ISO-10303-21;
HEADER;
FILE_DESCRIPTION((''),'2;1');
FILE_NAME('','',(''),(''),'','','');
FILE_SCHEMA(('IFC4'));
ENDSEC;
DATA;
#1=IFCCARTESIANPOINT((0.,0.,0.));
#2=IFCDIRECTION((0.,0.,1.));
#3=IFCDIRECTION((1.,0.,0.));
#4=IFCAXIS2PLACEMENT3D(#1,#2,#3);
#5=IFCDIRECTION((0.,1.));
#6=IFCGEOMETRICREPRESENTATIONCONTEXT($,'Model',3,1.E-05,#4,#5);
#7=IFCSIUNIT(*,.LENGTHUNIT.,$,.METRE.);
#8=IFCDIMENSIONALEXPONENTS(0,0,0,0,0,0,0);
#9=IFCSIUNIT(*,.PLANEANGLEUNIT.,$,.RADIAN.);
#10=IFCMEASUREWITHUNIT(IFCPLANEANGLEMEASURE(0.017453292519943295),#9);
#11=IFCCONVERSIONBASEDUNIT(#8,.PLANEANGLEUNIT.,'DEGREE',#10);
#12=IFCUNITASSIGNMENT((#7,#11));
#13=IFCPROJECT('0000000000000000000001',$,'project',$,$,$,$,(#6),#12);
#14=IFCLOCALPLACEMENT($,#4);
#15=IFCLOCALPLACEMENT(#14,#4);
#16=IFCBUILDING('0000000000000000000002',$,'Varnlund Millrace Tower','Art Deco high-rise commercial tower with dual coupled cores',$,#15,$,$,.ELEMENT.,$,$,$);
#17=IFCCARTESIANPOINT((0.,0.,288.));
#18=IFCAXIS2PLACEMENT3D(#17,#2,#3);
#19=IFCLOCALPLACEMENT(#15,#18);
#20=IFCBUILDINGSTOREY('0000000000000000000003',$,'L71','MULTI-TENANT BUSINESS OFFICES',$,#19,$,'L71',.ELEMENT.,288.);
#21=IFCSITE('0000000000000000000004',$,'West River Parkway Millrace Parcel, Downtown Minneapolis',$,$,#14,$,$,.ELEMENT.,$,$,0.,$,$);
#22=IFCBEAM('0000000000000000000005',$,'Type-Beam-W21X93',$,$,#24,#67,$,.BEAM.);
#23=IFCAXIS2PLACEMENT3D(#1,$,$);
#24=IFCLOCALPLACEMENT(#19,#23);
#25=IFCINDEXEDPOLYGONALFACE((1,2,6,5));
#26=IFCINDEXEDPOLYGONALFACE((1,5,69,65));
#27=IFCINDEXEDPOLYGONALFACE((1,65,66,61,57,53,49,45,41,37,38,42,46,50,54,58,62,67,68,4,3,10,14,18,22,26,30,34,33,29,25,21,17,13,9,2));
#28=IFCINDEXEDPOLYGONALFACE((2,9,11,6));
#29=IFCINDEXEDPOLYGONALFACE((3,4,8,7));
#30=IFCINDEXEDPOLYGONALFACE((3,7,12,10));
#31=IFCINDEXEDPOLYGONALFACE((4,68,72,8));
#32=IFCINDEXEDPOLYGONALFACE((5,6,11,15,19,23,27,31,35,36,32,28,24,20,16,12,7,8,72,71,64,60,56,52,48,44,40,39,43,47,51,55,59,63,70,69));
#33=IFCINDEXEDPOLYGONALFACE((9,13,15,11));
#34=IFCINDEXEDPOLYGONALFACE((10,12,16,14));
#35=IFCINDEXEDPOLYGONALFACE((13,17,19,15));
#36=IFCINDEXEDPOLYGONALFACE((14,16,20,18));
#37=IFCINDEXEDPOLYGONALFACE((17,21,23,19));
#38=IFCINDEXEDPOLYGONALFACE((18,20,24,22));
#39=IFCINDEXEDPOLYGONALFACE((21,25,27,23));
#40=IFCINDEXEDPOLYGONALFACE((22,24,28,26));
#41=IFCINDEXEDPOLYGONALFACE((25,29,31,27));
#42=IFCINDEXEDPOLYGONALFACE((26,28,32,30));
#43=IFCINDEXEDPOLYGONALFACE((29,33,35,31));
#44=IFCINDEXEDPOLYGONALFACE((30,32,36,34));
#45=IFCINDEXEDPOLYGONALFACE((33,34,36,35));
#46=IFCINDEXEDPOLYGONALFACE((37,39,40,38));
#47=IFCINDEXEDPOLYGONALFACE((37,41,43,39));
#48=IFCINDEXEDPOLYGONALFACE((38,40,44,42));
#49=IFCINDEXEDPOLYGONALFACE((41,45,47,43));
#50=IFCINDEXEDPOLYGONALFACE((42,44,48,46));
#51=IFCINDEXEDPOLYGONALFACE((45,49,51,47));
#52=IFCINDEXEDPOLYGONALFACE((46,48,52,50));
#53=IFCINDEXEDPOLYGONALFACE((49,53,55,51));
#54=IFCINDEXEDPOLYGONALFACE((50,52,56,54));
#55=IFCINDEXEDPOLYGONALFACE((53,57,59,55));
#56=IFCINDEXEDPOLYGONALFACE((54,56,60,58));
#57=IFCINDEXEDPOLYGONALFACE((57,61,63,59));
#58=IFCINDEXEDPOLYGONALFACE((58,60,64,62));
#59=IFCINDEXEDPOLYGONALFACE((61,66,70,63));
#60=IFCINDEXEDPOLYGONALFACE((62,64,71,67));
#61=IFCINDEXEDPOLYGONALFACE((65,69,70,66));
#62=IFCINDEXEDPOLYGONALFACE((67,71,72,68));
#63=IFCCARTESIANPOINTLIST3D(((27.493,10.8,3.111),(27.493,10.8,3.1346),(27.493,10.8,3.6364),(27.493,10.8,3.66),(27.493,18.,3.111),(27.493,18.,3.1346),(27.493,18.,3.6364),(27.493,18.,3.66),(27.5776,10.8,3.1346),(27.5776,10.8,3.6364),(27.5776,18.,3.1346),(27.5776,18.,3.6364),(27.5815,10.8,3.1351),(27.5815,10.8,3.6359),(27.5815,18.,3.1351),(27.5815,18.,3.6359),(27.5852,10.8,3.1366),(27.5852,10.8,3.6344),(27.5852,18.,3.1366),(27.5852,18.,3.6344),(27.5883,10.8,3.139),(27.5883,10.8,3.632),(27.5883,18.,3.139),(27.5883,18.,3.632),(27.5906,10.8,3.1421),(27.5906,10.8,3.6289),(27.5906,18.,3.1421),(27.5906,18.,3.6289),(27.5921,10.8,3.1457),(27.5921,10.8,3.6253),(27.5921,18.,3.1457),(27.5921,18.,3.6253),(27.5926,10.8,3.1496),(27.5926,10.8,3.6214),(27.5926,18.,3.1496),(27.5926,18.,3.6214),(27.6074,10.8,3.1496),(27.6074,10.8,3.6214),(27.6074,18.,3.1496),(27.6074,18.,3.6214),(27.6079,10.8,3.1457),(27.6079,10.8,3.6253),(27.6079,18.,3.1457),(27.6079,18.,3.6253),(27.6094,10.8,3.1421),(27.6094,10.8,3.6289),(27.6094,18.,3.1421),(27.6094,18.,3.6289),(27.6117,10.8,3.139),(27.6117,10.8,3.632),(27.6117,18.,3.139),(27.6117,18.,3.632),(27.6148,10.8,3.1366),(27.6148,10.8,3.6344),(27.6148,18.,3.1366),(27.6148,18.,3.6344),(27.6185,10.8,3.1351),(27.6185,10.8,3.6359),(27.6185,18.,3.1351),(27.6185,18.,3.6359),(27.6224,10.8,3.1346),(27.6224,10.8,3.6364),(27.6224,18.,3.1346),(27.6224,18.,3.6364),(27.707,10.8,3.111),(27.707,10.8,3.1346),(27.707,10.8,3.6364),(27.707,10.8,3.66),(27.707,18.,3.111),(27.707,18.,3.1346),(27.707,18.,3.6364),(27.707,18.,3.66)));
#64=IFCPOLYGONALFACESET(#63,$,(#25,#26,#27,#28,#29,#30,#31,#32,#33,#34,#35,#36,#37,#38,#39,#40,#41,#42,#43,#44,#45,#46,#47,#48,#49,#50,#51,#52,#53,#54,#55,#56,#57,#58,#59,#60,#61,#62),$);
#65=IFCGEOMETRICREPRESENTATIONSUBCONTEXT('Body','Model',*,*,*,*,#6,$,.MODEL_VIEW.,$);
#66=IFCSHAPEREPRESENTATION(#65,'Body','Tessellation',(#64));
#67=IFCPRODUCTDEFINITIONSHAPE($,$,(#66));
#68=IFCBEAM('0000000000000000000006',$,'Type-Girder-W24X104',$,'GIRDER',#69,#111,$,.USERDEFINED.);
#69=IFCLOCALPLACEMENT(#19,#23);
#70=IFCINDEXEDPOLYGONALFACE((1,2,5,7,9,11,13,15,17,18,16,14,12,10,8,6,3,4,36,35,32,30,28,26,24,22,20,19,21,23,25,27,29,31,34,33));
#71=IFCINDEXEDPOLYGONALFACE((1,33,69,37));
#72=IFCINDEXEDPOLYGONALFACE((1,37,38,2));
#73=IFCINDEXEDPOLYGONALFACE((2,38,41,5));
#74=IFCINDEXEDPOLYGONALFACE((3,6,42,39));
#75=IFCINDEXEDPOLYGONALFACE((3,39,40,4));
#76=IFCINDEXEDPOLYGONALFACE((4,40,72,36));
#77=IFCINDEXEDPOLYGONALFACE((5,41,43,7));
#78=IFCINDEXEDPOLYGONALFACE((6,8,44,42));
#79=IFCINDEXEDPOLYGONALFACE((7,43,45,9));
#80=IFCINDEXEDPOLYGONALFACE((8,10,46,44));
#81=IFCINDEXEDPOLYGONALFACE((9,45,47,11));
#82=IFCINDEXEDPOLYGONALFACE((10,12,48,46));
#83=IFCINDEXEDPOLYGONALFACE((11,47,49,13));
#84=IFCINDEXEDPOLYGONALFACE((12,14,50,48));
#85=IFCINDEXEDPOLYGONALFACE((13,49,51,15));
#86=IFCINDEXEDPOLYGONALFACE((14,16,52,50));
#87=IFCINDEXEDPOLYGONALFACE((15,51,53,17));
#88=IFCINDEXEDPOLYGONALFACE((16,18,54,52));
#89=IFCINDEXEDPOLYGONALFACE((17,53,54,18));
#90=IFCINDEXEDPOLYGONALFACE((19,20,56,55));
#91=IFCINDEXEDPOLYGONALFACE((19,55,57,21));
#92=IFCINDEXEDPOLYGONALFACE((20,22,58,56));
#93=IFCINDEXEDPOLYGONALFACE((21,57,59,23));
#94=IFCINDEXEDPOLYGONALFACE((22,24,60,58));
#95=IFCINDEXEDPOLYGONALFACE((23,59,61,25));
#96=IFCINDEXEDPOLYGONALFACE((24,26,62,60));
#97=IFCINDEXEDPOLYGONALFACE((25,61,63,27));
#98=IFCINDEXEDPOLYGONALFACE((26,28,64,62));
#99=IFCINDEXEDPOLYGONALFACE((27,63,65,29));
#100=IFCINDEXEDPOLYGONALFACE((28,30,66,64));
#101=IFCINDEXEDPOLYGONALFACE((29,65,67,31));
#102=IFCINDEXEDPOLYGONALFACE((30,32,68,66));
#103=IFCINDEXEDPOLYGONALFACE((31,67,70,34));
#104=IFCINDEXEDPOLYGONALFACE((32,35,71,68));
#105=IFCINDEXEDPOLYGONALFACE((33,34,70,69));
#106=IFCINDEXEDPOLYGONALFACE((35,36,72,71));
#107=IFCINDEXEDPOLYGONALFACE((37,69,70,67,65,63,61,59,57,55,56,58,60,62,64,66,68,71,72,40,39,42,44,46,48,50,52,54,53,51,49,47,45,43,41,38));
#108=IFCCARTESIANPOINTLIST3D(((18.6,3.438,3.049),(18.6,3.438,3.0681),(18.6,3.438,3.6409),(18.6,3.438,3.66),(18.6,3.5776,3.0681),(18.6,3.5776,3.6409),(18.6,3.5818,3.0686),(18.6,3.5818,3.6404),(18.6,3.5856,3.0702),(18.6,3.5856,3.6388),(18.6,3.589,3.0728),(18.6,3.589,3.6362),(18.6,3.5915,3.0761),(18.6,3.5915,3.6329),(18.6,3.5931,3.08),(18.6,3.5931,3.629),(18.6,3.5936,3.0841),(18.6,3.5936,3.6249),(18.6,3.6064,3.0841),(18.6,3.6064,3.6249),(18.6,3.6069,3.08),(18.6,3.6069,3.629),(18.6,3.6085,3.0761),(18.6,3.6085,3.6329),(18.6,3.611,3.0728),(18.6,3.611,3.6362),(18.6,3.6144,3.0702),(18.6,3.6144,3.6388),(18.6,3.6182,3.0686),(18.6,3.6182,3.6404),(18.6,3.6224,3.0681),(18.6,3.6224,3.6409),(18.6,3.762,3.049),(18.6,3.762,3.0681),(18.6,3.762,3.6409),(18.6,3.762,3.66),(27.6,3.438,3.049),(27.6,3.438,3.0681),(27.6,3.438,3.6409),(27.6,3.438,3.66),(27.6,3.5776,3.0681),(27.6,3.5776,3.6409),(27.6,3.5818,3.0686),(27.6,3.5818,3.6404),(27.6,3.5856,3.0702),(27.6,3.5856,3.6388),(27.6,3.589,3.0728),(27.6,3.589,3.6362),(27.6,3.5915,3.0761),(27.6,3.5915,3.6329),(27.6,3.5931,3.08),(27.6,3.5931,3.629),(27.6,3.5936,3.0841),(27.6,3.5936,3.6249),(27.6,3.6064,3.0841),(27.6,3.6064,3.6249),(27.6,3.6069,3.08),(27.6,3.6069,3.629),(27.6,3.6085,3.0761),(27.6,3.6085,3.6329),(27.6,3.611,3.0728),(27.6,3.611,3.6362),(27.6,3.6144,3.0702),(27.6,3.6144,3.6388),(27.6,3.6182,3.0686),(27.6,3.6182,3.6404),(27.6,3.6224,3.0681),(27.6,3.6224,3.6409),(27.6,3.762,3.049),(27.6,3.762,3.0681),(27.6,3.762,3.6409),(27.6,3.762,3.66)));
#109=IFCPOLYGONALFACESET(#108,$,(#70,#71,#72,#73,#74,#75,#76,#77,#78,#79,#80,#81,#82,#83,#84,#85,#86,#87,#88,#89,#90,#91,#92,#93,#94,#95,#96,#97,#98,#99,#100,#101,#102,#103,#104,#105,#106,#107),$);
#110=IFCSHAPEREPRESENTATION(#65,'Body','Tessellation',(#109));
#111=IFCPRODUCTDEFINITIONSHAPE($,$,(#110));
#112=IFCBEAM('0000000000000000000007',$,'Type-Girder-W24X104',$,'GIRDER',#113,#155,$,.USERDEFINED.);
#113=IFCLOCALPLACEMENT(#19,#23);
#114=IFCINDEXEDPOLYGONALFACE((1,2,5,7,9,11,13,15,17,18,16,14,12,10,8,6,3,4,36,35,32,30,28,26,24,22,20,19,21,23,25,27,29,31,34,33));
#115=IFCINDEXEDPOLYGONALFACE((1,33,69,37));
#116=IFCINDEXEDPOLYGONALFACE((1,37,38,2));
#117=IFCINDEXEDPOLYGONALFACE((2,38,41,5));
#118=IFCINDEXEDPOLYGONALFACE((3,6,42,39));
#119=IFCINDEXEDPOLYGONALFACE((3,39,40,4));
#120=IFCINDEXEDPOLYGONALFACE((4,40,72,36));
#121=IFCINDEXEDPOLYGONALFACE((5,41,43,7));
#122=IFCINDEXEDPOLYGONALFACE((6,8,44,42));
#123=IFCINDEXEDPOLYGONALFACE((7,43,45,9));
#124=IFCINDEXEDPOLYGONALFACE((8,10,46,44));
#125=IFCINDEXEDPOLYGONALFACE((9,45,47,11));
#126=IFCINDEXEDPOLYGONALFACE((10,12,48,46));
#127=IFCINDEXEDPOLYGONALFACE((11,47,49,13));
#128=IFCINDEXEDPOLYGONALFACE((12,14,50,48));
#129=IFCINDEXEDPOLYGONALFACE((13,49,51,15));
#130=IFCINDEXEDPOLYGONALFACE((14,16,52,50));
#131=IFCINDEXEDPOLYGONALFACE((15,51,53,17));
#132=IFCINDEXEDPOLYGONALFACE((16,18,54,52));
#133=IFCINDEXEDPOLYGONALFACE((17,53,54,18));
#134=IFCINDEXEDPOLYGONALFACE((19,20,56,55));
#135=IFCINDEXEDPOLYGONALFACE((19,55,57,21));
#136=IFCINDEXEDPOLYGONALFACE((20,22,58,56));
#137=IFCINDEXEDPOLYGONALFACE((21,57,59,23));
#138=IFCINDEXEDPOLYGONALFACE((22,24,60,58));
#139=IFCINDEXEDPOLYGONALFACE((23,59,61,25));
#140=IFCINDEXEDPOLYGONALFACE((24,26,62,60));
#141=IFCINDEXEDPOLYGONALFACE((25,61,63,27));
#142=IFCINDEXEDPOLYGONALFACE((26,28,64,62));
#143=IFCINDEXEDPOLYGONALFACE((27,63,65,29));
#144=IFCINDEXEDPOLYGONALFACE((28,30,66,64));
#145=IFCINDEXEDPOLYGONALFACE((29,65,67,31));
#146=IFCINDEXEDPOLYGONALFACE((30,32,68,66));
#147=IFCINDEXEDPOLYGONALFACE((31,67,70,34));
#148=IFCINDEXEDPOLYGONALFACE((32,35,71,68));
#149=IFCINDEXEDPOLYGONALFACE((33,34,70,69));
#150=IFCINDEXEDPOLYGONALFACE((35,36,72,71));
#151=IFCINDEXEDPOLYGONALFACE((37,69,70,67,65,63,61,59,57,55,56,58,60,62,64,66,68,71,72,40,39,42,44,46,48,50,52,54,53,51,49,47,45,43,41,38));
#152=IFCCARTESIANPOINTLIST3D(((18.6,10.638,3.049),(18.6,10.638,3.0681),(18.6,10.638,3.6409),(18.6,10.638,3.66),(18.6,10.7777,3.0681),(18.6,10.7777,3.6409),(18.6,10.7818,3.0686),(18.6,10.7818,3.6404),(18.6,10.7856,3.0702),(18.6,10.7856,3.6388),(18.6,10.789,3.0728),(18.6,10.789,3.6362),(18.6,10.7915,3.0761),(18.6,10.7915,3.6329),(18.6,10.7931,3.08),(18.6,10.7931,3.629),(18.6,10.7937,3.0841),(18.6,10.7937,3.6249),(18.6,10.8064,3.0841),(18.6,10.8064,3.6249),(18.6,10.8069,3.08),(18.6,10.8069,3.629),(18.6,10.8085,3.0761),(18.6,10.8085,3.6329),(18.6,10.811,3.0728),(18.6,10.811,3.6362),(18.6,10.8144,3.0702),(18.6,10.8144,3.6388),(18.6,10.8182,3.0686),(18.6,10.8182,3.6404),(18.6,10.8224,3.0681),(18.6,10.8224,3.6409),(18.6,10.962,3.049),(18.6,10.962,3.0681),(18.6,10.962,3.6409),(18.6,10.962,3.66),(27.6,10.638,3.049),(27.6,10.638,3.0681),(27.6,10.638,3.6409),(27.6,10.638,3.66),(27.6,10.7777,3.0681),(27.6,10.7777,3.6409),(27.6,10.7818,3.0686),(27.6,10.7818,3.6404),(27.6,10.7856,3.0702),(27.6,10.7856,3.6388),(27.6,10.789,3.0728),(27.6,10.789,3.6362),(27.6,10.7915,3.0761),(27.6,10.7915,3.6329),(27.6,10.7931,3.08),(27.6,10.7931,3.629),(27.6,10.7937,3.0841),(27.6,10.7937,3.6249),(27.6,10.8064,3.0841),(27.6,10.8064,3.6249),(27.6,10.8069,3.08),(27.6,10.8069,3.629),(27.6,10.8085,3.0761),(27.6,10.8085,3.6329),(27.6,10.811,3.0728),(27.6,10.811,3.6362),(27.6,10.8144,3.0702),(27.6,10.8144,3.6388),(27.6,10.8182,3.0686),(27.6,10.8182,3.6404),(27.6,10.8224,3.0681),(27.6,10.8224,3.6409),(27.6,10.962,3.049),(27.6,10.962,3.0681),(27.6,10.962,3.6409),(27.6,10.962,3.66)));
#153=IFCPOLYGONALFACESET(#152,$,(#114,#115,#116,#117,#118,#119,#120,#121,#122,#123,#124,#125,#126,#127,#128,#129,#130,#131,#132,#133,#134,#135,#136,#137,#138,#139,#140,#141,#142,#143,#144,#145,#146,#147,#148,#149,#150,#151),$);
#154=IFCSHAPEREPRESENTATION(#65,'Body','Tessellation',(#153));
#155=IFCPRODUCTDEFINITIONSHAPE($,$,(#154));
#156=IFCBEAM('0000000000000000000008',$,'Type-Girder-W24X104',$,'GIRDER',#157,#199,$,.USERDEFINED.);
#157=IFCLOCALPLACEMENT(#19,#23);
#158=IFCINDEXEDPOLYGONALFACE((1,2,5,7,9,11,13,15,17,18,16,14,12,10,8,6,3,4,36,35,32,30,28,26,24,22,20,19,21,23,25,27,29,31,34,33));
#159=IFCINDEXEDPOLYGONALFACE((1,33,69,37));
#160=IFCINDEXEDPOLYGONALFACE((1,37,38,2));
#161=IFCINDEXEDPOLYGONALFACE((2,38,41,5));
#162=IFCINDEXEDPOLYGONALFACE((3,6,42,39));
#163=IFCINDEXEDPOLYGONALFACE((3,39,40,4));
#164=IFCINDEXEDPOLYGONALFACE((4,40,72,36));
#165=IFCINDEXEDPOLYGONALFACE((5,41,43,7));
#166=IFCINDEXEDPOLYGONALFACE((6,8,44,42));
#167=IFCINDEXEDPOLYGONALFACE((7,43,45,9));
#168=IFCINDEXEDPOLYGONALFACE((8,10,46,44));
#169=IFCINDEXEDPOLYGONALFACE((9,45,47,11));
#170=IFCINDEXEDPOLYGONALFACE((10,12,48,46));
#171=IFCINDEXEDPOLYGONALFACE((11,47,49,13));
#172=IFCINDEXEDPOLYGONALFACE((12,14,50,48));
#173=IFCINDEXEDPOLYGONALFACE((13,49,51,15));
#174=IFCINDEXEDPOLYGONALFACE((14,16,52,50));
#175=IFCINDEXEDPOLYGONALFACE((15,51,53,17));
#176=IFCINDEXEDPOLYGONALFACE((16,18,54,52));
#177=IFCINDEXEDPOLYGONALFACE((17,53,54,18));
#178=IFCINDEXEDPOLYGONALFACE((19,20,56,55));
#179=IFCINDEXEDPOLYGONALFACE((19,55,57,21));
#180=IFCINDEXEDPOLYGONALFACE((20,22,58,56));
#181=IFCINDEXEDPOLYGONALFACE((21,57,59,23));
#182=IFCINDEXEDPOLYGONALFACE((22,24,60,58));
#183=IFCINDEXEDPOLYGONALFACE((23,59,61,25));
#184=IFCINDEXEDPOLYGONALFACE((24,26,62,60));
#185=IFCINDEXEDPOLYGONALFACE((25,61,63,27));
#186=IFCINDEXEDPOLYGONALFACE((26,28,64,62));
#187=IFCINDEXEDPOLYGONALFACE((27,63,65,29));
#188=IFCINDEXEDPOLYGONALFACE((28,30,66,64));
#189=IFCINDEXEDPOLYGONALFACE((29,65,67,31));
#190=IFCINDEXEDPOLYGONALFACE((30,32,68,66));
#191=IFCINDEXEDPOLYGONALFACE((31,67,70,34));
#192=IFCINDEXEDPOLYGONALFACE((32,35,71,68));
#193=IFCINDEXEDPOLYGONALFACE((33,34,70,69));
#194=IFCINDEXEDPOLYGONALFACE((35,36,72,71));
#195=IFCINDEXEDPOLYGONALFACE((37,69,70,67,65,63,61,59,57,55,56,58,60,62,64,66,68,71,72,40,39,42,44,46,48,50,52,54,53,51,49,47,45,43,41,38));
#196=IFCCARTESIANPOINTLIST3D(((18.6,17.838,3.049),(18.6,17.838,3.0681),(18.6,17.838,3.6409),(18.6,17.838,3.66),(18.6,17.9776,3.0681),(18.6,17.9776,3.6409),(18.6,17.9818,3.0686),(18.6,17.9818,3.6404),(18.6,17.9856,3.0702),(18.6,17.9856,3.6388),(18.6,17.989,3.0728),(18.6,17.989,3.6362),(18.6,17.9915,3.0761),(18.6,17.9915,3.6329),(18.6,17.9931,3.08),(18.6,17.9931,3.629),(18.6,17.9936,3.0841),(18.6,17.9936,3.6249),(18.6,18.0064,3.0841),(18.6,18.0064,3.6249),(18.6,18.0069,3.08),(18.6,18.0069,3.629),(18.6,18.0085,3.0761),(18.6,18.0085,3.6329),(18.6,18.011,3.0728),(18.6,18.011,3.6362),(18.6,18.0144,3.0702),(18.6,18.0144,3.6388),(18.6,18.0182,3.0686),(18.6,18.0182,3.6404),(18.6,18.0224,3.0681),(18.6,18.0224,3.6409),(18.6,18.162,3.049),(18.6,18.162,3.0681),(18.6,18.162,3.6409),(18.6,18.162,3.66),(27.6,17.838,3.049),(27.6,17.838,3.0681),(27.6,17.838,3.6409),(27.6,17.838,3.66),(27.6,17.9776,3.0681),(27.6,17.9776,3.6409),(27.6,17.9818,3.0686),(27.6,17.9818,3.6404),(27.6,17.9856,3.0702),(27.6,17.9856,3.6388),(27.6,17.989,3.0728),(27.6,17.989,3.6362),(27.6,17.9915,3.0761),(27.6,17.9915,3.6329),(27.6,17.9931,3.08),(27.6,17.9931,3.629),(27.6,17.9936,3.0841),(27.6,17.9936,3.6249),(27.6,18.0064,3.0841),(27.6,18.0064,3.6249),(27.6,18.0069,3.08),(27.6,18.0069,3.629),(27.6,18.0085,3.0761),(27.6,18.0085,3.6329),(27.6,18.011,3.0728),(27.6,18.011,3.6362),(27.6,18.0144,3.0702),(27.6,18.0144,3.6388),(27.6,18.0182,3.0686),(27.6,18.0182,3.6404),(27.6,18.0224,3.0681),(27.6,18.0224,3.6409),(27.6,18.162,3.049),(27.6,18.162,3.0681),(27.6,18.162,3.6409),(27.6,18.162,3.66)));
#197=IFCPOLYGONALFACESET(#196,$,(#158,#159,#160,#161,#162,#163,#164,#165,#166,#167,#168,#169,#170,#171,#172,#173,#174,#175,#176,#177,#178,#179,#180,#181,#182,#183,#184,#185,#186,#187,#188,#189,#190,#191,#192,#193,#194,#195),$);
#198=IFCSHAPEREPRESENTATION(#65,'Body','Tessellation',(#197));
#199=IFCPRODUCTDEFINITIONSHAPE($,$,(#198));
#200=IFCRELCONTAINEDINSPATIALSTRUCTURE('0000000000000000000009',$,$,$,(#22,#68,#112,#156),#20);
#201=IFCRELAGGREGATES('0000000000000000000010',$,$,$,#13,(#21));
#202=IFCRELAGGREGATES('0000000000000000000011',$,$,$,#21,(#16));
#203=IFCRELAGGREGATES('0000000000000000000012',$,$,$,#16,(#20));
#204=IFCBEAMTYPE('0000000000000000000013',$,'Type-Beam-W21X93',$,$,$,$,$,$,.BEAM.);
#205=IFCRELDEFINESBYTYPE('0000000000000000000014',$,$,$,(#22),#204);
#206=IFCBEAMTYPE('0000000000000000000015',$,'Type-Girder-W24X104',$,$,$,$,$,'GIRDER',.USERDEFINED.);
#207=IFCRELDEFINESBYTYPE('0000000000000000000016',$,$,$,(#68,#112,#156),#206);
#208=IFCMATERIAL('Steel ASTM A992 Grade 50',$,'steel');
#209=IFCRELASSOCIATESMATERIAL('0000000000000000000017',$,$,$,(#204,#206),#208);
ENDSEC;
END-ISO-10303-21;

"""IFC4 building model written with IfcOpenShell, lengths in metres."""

from ifc_helpers import new_model, entity, si_unit, converted_unit, direction, frame, origin_with_axes, origin_2d_with_axis, place, context, subcontext, project, spatial, i_section, extrude, material, material_profile, profile_set, type_object, element, save


model = new_model("IFC4")

# Units and contexts
model_context = context("Model", 3, precision=1e-05, world=origin_with_axes(), true_north=direction((0.0, 1.0)))
body_context = subcontext(model_context, "Body", "Model", "MODEL_VIEW")
ifc_project = project(units=[si_unit("LENGTHUNIT", "METRE"), converted_unit("PLANEANGLEUNIT", "DEGREE", entity("IfcPlaneAngleMeasure", 0.017453292519943295), si_unit("PLANEANGLEUNIT", "RADIAN"), dimensions=[0, 0, 0, 0, 0, 0, 0])], contexts=[model_context])

# Site, building, storey
site_placement = place(None, origin_with_axes())
site = spatial("IfcSite", under=ifc_project, at=site_placement, Name="West River Parkway Millrace Parcel, Downtown Minneapolis", CompositionType="ELEMENT", RefElevation=0.0)
building_placement = place(site_placement, origin_with_axes())
building = spatial("IfcBuilding", under=site, at=building_placement, Name="Varnlund Millrace Tower", Description="Art Deco high-rise commercial tower with dual coupled cores", CompositionType="ELEMENT")
storey_placement = place(building_placement, frame((0.0, 0.0, 288.0), z_axis=(0.0, 0.0, 1.0), x_axis=(1.0, 0.0, 0.0)))
storey = spatial("IfcBuildingStorey", under=building, at=storey_placement, Name="L71", Description="MULTI-TENANT BUSINESS OFFICES", LongName="L71", CompositionType="ELEMENT", Elevation=288.0)

# Beams
ifc_material_1 = material(Name="Steel ASTM A992 Grade 50", Category="steel")
ifc_material_profile_1 = material_profile(ifc_material_1, i_section(OverallWidth=0.214, OverallDepth=0.549, WebThickness=0.0147, FlangeThickness=0.0236, FilletRadius=0.015, at=origin_2d_with_axis()), Name="Steel ASTM A992 Grade 50")
ifc_profile_set_1 = profile_set([ifc_material_profile_1], Name="Steel ASTM A992 Grade 50")
beam_type_1 = type_object("IfcBeamType", Name="Type-Beam-W21X93", PredefinedType="BEAM", material=ifc_profile_set_1)
for number, where, z_axis, x_axis, name in (
    (1, (27.6, 10.8, 3.3855), (0.0, 1.0, 0.0), (-1.0, 0.0, 0.0), "Type-Beam-W21X93"),
):
    element("IfcBeam", number, at=place(storey_placement, frame(where, z_axis=z_axis, x_axis=x_axis)), inside=storey, type_object=beam_type_1, Name=name, PredefinedType="BEAM", context=body_context, shape_type="SweptSolid", body=[
        extrude(i_section(OverallWidth=0.214, OverallDepth=0.549, WebThickness=0.0147, FlangeThickness=0.0236, FilletRadius=0.015, at=origin_2d_with_axis()), origin_with_axes(), (0.0, 0.0, 1.0), 7.2),
    ])
ifc_material_profile_2 = material_profile(ifc_material_1, i_section(OverallWidth=0.324, OverallDepth=0.611, WebThickness=0.0127, FlangeThickness=0.0191, FilletRadius=0.016, at=origin_2d_with_axis()), Name="Steel ASTM A992 Grade 50")
ifc_profile_set_2 = profile_set([ifc_material_profile_2], Name="Steel ASTM A992 Grade 50")
beam_type_2 = type_object("IfcBeamType", Name="Type-Girder-W24X104", ElementType="GIRDER", PredefinedType="USERDEFINED", material=ifc_profile_set_2)
for number, where, z_axis, x_axis, name in (
    (2, (18.6, 3.6, 3.3545), (1.0, 0.0, 0.0), (0.0, 1.0, 0.0), "Type-Girder-W24X104"),
    (3, (18.6, 10.8, 3.3545), (1.0, 0.0, 0.0), (0.0, 1.0, 0.0), "Type-Girder-W24X104"),
    (4, (18.6, 18.0, 3.3545), (1.0, 0.0, 0.0), (0.0, 1.0, 0.0), "Type-Girder-W24X104"),
):
    element("IfcBeam", number, at=place(storey_placement, frame(where, z_axis=z_axis, x_axis=x_axis)), inside=storey, type_object=beam_type_2, Name=name, ObjectType="GIRDER", PredefinedType="USERDEFINED", context=body_context, shape_type="SweptSolid", body=[
        extrude(i_section(OverallWidth=0.324, OverallDepth=0.611, WebThickness=0.0127, FlangeThickness=0.0191, FilletRadius=0.016, at=origin_2d_with_axis()), origin_with_axes(), (0.0, 0.0, 1.0), 9.0),
    ])

save(model, "model.ifc")
